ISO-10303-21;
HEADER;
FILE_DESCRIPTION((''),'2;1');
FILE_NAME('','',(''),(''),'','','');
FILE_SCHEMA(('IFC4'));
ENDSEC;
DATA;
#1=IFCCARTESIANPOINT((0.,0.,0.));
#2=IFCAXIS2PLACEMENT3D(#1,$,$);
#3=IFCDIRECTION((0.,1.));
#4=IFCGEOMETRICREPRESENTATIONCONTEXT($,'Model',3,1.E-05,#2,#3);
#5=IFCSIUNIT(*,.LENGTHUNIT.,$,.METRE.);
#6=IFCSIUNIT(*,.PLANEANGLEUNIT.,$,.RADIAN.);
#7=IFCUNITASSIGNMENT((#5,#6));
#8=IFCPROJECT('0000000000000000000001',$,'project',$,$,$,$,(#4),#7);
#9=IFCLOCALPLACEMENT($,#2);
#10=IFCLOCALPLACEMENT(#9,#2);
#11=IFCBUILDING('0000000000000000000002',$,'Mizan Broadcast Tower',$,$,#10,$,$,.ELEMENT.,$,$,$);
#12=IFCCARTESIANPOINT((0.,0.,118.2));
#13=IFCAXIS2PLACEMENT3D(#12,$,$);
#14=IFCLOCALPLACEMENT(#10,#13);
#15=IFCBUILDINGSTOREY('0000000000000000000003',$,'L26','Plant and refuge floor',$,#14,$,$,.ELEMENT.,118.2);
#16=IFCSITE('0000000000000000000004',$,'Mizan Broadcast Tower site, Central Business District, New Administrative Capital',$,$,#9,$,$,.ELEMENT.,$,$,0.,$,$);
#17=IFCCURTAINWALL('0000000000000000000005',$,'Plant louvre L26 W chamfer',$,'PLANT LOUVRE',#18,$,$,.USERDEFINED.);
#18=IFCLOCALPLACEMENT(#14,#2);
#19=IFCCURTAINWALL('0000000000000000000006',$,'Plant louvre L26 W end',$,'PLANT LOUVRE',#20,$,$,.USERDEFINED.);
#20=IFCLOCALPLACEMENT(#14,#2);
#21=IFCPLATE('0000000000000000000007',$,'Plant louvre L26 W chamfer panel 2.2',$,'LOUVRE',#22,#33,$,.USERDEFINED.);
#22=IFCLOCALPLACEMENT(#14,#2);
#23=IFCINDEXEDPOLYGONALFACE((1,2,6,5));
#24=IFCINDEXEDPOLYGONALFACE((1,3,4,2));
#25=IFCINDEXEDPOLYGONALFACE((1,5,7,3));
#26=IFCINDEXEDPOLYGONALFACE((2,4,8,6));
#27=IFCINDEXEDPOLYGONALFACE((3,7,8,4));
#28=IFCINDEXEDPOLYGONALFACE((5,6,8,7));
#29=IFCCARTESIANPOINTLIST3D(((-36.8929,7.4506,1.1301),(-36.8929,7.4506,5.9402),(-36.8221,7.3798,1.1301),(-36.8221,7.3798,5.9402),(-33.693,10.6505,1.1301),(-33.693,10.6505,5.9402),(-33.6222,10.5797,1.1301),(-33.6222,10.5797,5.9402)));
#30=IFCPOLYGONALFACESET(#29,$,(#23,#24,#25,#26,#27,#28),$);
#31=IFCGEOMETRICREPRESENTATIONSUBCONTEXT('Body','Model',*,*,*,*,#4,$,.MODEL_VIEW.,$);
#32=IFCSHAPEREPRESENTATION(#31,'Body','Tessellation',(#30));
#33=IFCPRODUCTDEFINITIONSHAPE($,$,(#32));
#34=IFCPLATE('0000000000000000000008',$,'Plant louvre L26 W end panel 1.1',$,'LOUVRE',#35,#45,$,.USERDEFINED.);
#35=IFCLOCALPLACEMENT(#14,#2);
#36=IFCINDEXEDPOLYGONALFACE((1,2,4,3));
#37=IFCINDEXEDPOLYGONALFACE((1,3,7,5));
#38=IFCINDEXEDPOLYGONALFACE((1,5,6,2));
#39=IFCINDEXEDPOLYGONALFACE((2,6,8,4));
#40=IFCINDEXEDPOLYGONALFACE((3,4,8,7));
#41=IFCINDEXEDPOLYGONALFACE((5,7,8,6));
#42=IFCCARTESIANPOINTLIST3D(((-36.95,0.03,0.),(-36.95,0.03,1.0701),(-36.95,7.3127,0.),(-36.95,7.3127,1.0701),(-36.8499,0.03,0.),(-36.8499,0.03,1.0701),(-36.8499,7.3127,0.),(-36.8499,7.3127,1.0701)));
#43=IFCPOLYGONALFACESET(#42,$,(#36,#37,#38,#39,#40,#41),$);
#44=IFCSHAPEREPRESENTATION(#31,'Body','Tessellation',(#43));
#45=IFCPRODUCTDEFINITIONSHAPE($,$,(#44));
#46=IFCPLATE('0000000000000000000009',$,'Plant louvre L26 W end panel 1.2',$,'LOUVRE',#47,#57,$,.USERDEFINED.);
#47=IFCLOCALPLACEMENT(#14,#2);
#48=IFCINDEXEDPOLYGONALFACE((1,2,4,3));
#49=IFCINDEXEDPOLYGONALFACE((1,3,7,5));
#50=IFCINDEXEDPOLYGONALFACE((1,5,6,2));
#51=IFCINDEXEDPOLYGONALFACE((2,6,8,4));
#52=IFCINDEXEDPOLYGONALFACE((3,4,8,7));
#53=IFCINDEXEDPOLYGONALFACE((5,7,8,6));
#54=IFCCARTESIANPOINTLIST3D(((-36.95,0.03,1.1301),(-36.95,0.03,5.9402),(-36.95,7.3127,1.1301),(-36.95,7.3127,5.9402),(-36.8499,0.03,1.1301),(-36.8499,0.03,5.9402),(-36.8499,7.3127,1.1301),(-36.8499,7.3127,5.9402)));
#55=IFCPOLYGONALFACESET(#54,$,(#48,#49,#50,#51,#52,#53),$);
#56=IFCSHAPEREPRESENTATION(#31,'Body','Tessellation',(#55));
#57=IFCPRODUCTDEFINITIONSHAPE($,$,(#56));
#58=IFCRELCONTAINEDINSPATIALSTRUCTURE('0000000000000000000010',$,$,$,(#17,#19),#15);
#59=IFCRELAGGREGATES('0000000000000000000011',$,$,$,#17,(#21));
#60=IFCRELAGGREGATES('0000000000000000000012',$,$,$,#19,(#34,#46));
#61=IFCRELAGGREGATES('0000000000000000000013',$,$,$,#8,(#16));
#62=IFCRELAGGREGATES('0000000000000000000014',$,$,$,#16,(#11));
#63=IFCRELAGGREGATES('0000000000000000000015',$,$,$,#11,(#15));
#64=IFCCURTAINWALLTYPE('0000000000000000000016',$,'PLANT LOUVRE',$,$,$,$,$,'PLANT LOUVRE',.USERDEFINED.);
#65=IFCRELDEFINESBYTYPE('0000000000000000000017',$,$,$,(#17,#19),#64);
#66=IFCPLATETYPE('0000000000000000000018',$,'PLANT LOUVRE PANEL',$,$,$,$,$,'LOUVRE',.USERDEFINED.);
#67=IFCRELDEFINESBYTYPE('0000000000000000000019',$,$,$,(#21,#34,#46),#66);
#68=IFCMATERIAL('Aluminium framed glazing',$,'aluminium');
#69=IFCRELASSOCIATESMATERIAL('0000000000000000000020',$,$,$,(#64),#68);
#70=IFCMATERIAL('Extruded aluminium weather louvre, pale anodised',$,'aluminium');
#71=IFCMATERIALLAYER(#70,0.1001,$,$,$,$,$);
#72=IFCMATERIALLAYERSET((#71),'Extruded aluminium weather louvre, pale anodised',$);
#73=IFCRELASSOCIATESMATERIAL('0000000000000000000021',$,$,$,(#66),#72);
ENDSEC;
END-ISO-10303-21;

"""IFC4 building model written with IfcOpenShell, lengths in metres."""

from ifc_helpers import new_model, si_unit, direction, frame, origin, origin_2d, place, context, subcontext, project, spatial, rectangle, extrude, material, layer, layer_set, type_object, element, aggregate, save


model = new_model("IFC4")

# Units and contexts
model_context = context("Model", 3, precision=1e-05, world=origin(), true_north=direction((0.0, 1.0)))
body_context = subcontext(model_context, "Body", "Model", "MODEL_VIEW")
ifc_project = project(units=[si_unit("LENGTHUNIT", "METRE"), si_unit("PLANEANGLEUNIT", "RADIAN")], contexts=[model_context])

# Site, building, storey
site_placement = place(None, origin())
site = spatial("IfcSite", under=ifc_project, at=site_placement, Name="Mizan Broadcast Tower site, Central Business District, New Administrative Capital", CompositionType="ELEMENT", RefElevation=0.0)
building_placement = place(site_placement, origin())
building = spatial("IfcBuilding", under=site, at=building_placement, Name="Mizan Broadcast Tower", CompositionType="ELEMENT")
storey_placement = place(building_placement, frame((0.0, 0.0, 118.2)))
storey = spatial("IfcBuildingStorey", under=building, at=storey_placement, Name="L26", Description="Plant and refuge floor", CompositionType="ELEMENT", Elevation=118.2)

# Curtain walls
ifc_material_1 = material(Name="Aluminium framed glazing", Category="aluminium")
curtain_wall_type = type_object("IfcCurtainWallType", Name="PLANT LOUVRE", ElementType="PLANT LOUVRE", PredefinedType="USERDEFINED", material=ifc_material_1)
curtain_wall_1_placement = place(storey_placement, origin())
curtain_wall_1 = element("IfcCurtainWall", 1, at=curtain_wall_1_placement, inside=storey, type_object=curtain_wall_type, Name="Plant louvre L26 W chamfer", ObjectType="PLANT LOUVRE", PredefinedType="USERDEFINED")
curtain_wall_2_placement = place(storey_placement, origin())
curtain_wall_2 = element("IfcCurtainWall", 2, at=curtain_wall_2_placement, inside=storey, type_object=curtain_wall_type, Name="Plant louvre L26 W end", ObjectType="PLANT LOUVRE", PredefinedType="USERDEFINED")

# Plates
ifc_material_2 = material(Name="Extruded aluminium weather louvre, pale anodised", Category="aluminium")
ifc_layer = layer(ifc_material_2, 0.1001)
ifc_layer_set = layer_set([ifc_layer], Name="Extruded aluminium weather louvre, pale anodised")
plate_type = type_object("IfcPlateType", Name="PLANT LOUVRE PANEL", ElementType="LOUVRE", PredefinedType="USERDEFINED", material=ifc_layer_set)
plate_1_placement = place(storey_placement, frame((-35.2576, 9.0151, 1.1301), z_axis=(0.0, 0.0, 1.0), x_axis=(-0.707107, -0.707107, 0.0)))
plate_1 = element("IfcPlate", 3, at=plate_1_placement, type_object=plate_type, Name="Plant louvre L26 W chamfer panel 2.2", ObjectType="LOUVRE", PredefinedType="USERDEFINED", context=body_context, shape_type="SweptSolid", body=[
    extrude(rectangle(XDim=4.5254, YDim=0.1001, at=origin_2d()), origin(), (0.0, 0.0, 1.0), 4.8101),
])
aggregate(curtain_wall_1, [plate_1])
plate_2_placement = place(storey_placement, frame((-36.8999, 3.6714, 0.0), z_axis=(0.0, 0.0, 1.0), x_axis=(0.0, -1.0, 0.0)))
plate_2 = element("IfcPlate", 4, at=plate_2_placement, type_object=plate_type, Name="Plant louvre L26 W end panel 1.1", ObjectType="LOUVRE", PredefinedType="USERDEFINED", context=body_context, shape_type="SweptSolid", body=[
    extrude(rectangle(XDim=7.2827, YDim=0.1001, at=origin_2d()), origin(), (0.0, 0.0, 1.0), 1.0701),
])
plate_3_placement = place(storey_placement, frame((-36.8999, 3.6714, 1.1301), z_axis=(0.0, 0.0, 1.0), x_axis=(0.0, -1.0, 0.0)))
plate_3 = element("IfcPlate", 5, at=plate_3_placement, type_object=plate_type, Name="Plant louvre L26 W end panel 1.2", ObjectType="LOUVRE", PredefinedType="USERDEFINED", context=body_context, shape_type="SweptSolid", body=[
    extrude(rectangle(XDim=7.2827, YDim=0.1001, at=origin_2d()), origin(), (0.0, 0.0, 1.0), 4.8101),
])
aggregate(curtain_wall_2, [plate_2, plate_3])

save(model, "model.ifc")
